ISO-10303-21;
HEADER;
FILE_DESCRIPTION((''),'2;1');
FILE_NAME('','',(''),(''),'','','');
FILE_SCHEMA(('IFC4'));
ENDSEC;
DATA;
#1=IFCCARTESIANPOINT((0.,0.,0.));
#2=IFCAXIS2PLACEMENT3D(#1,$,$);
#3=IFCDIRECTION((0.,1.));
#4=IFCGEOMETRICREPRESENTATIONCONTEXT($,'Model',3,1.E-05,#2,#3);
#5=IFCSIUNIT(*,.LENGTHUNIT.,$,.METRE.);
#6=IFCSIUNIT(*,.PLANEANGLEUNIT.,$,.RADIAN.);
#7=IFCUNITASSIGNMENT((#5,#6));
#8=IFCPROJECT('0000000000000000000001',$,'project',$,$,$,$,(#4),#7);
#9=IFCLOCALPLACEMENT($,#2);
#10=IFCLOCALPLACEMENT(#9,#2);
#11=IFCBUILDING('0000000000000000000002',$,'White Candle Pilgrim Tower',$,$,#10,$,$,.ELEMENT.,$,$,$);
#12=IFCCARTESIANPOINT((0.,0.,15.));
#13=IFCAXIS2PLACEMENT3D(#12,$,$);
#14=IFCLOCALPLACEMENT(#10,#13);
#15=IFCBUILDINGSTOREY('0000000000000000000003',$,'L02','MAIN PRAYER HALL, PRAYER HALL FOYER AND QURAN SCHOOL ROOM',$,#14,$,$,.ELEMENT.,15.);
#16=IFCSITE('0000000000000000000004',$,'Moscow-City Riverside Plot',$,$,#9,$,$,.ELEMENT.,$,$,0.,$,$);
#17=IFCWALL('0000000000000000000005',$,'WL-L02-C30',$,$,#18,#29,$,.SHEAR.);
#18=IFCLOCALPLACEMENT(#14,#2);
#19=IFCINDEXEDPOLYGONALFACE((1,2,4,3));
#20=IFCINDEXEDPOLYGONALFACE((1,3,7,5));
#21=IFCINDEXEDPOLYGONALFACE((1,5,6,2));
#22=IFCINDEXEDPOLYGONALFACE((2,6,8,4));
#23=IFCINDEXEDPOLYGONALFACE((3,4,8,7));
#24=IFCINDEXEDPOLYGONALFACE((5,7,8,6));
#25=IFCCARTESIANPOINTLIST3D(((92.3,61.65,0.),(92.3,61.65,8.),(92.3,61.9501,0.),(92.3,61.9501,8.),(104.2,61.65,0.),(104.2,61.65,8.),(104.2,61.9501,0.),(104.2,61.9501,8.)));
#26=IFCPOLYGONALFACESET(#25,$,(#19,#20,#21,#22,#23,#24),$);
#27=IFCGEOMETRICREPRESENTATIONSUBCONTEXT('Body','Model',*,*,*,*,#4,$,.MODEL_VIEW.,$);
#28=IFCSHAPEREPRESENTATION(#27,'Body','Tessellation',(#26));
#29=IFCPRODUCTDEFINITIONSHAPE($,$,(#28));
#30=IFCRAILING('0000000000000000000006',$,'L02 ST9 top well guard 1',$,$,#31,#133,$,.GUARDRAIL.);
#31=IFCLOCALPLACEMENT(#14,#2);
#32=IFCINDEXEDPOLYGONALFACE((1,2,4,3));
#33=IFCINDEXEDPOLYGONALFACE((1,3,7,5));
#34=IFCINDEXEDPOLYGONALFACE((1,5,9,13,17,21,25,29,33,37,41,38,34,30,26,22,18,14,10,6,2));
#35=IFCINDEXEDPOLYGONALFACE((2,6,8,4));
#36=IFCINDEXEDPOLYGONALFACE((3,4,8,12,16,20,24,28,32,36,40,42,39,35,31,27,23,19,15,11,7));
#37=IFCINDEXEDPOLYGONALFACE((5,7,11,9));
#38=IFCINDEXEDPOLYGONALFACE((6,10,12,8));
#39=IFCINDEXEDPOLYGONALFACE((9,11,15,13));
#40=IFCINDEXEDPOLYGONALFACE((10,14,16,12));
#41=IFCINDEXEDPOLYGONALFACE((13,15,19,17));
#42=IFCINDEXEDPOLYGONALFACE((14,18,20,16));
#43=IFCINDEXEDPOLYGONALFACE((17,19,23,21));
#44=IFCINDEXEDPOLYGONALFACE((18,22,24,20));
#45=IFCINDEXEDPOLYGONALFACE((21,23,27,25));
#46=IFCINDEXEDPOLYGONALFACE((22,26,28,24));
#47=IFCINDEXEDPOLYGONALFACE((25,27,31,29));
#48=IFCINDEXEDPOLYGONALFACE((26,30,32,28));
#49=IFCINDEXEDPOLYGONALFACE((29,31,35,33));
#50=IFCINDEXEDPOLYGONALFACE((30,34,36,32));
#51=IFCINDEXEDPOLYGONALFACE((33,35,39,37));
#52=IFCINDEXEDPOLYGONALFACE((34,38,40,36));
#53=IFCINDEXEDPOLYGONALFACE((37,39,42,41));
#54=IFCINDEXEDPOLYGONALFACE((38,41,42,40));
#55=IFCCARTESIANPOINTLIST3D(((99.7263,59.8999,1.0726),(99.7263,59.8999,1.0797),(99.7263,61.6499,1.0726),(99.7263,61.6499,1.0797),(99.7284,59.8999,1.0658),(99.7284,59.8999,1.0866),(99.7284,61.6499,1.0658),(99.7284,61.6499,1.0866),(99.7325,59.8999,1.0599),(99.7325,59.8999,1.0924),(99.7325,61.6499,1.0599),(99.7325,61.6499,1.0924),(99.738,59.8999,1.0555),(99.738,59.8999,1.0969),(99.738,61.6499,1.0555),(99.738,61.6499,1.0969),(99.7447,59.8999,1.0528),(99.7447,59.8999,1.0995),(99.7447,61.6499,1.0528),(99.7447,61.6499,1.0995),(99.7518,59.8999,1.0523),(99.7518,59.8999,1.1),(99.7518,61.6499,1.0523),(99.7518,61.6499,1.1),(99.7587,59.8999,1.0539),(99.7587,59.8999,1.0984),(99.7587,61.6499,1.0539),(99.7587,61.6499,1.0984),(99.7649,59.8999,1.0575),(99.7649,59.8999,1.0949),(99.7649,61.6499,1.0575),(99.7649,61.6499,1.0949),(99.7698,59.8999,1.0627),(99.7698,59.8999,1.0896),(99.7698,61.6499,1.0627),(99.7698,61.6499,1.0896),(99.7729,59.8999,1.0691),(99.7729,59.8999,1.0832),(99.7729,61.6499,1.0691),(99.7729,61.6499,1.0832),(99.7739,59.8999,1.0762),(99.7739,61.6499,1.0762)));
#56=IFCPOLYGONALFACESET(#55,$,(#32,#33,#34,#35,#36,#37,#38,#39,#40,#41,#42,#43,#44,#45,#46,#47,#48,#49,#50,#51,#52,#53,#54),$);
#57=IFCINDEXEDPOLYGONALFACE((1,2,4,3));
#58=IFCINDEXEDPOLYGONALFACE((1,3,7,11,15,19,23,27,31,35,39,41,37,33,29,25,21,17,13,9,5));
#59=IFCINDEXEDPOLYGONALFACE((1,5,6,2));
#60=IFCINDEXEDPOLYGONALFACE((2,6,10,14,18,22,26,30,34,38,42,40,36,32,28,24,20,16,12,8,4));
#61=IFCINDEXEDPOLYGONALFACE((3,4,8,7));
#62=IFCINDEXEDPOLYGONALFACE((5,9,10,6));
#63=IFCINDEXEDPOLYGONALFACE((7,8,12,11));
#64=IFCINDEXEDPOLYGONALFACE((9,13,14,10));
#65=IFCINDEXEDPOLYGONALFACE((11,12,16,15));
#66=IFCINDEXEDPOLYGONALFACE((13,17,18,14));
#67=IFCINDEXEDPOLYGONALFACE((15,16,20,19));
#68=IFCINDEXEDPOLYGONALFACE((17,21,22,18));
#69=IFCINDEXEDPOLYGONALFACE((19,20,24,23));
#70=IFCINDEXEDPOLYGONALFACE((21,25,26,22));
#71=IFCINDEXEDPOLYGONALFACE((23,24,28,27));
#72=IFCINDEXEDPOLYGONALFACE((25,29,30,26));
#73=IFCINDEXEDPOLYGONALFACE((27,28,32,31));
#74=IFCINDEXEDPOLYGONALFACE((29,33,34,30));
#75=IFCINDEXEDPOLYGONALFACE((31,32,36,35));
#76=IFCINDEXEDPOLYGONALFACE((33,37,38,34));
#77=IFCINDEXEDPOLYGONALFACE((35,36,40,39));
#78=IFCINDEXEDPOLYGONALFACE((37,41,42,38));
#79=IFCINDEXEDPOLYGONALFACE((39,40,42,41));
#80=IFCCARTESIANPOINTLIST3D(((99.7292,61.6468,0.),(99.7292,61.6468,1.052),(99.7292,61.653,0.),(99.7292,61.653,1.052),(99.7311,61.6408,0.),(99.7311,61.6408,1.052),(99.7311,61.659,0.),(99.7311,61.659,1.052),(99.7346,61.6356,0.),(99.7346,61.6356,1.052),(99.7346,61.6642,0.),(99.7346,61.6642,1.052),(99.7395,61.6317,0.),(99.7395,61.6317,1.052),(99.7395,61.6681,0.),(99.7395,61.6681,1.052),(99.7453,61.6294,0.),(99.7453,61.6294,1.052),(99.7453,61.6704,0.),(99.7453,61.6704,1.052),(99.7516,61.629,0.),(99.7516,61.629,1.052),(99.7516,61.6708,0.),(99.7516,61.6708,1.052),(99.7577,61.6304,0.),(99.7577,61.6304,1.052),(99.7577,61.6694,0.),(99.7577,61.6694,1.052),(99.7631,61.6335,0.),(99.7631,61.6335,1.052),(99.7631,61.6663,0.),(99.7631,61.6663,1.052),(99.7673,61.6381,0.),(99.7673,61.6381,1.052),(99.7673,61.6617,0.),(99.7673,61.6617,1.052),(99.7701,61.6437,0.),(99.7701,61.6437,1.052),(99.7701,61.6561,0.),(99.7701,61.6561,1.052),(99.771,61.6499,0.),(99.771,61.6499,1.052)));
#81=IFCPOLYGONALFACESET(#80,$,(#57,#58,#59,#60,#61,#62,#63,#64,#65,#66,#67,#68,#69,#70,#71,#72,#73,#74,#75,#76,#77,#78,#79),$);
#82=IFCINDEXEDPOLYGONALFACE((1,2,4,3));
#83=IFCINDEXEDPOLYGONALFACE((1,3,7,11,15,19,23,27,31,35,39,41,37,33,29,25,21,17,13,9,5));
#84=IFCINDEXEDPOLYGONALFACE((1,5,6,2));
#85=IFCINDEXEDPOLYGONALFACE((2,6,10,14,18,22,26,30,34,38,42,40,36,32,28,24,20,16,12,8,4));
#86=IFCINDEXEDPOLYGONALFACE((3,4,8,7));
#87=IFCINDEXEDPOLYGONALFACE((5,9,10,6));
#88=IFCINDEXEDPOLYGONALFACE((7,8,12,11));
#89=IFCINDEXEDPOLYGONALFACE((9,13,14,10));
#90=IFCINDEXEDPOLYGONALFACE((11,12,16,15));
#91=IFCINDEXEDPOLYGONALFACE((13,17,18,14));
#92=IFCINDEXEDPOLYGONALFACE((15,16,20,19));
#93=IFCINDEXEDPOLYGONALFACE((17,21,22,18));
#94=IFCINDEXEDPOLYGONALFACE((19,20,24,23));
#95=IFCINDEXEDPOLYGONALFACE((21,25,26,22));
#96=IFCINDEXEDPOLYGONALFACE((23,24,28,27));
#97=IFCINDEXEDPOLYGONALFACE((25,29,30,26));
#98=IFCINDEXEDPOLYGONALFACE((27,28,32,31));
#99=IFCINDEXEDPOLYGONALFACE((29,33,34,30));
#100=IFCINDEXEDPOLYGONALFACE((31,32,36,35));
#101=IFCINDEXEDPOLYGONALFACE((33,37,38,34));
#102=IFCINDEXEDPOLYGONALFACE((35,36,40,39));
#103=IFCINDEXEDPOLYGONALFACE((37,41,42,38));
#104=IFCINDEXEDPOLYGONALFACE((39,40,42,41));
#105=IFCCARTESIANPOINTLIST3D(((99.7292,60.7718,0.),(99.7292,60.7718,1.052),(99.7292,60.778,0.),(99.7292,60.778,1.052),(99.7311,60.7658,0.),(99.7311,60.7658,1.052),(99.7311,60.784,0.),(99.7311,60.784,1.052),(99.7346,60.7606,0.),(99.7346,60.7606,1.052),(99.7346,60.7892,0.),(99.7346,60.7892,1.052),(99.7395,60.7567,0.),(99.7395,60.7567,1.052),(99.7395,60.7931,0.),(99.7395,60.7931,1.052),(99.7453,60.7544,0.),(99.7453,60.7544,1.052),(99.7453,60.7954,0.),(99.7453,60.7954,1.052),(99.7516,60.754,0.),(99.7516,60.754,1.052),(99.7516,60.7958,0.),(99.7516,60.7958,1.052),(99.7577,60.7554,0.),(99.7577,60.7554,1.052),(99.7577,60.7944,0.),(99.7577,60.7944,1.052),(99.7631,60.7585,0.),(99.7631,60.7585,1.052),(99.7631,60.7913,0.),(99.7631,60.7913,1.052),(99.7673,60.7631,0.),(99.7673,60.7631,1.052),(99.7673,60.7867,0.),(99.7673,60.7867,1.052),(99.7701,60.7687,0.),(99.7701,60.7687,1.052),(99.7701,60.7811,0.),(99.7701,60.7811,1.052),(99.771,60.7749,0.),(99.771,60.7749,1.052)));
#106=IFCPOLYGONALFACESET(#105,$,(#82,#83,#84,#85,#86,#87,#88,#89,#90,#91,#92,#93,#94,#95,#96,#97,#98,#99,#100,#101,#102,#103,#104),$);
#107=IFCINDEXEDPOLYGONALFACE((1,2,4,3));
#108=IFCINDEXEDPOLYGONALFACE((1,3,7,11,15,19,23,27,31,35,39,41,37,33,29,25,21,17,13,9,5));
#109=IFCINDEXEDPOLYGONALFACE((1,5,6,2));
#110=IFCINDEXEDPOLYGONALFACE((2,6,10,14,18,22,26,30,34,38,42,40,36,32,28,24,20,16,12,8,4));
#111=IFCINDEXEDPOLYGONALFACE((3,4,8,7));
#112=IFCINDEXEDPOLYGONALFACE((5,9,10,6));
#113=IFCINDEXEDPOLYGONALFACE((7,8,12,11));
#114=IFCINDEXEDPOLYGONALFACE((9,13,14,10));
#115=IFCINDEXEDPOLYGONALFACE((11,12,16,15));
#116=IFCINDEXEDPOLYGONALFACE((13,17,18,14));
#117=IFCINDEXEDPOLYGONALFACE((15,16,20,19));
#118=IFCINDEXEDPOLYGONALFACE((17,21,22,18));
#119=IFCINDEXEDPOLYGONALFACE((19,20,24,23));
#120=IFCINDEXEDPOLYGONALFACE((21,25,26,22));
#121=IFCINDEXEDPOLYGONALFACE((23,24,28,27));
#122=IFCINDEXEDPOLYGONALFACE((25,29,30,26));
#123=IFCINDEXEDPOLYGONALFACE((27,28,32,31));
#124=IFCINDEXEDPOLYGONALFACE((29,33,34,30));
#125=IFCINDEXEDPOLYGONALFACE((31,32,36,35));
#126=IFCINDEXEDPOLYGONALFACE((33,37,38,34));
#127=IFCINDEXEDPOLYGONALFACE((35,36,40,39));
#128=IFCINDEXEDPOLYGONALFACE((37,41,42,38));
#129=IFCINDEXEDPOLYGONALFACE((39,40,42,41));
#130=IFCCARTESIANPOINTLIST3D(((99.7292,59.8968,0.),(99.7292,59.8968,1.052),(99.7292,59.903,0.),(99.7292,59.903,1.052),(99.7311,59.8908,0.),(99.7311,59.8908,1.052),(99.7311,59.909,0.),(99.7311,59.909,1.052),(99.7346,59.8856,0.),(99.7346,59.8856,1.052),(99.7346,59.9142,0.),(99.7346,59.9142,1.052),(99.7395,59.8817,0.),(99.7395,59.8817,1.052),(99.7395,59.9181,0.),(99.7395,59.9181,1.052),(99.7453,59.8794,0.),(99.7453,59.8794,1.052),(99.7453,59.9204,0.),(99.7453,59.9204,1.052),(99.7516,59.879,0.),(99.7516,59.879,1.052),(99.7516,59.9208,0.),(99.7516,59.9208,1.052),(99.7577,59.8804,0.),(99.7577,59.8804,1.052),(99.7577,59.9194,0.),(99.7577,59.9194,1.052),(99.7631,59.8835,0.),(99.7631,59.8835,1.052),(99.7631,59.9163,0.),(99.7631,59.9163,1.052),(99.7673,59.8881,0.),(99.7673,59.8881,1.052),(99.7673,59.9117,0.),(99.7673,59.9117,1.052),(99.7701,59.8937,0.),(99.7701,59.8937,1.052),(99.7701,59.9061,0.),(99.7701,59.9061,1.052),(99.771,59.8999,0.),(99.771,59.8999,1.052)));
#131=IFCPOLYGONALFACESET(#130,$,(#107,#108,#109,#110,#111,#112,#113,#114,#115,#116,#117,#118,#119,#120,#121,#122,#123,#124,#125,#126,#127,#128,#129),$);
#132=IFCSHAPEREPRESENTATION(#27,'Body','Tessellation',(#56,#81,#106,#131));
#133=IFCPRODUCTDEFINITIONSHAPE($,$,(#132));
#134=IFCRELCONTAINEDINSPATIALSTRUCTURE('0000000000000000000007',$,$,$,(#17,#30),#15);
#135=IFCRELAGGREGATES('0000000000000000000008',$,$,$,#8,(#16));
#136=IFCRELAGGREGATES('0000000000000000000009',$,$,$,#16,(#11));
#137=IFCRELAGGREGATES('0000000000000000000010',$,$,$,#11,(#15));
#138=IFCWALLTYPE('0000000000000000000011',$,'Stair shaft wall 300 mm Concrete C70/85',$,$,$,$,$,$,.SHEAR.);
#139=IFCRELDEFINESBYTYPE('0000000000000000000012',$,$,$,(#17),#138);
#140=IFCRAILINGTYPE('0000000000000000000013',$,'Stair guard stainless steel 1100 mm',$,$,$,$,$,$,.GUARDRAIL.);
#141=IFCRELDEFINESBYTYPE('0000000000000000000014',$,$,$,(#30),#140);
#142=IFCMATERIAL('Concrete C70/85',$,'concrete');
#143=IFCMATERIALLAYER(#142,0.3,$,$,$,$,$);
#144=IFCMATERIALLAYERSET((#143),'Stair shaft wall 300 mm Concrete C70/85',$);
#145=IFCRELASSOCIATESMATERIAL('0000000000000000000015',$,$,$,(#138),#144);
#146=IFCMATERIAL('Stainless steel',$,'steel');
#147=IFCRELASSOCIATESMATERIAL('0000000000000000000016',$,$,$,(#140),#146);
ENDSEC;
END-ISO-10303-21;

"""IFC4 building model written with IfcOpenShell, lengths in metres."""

from ifc_helpers import new_model, si_unit, direction, frame, frame_2d, origin, origin_2d, place, context, subcontext, project, spatial, rectangle, circle, extrude, material, layer, layer_set, type_object, element, save


model = new_model("IFC4")

# Units and contexts
model_context = context("Model", 3, precision=1e-05, world=origin(), true_north=direction((0.0, 1.0)))
body_context = subcontext(model_context, "Body", "Model", "MODEL_VIEW")
ifc_project = project(units=[si_unit("LENGTHUNIT", "METRE"), si_unit("PLANEANGLEUNIT", "RADIAN")], contexts=[model_context])

# Site, building, storey
site_placement = place(None, origin())
site = spatial("IfcSite", under=ifc_project, at=site_placement, Name="Moscow-City Riverside Plot", CompositionType="ELEMENT", RefElevation=0.0)
building_placement = place(site_placement, origin())
building = spatial("IfcBuilding", under=site, at=building_placement, Name="White Candle Pilgrim Tower", CompositionType="ELEMENT")
storey_placement = place(building_placement, frame((0.0, 0.0, 15.0)))
storey = spatial("IfcBuildingStorey", under=building, at=storey_placement, Name="L02", Description="MAIN PRAYER HALL, PRAYER HALL FOYER AND QURAN SCHOOL ROOM", CompositionType="ELEMENT", Elevation=15.0)

# Shared definitions
ifc_material_1 = material(Name="Concrete C70/85", Category="concrete")
ifc_layer_1 = layer(ifc_material_1, 0.3)
ifc_layer_set_1 = layer_set([ifc_layer_1], Name="Stair shaft wall 300 mm Concrete C70/85")
wall_type_1 = type_object("IfcWallType", Name="Stair shaft wall 300 mm Concrete C70/85", PredefinedType="SHEAR", material=ifc_layer_set_1)

# Wall
wall_1_placement = place(storey_placement, frame((92.3, 61.8, 0.0), z_axis=(0.0, 0.0, 1.0), x_axis=(1.0, 0.0, 0.0)))
element("IfcWall", 1, at=wall_1_placement, inside=storey, type_object=wall_type_1, Name="WL-L02-C30", PredefinedType="SHEAR", context=body_context, shape_type="SweptSolid", body=[
    extrude(rectangle(XDim=11.8999, YDim=0.3, at=frame_2d((5.95, 0.0))), origin(), (0.0, 0.0, 1.0), 8.0),
])

# Railing
ifc_material_2 = material(Name="Stainless steel", Category="steel")
railing_type = type_object("IfcRailingType", Name="Stair guard stainless steel 1100 mm", PredefinedType="GUARDRAIL", material=ifc_material_2)
railing_placement = place(storey_placement, frame((99.75, 61.6499, 0.0)))
element("IfcRailing", 2, at=railing_placement, inside=storey, type_object=railing_type, Name="L02 ST9 top well guard 1", PredefinedType="GUARDRAIL", context=body_context, shape_type="SweptSolid", body=[
    extrude(circle(Radius=0.0239, at=origin_2d()), frame((0.0, 0.0, 1.0762), z_axis=(0.0, -1.0, 0.0), x_axis=(1.0, 0.0, 0.0)), (0.0, 0.0, 1.0), 1.75),
    extrude(circle(Radius=0.021, at=origin_2d()), origin(), (0.0, 0.0, 1.0), 1.052),
    extrude(circle(Radius=0.021, at=origin_2d()), frame((0.0, -0.875, 0.0)), (0.0, 0.0, 1.0), 1.052),
    extrude(circle(Radius=0.021, at=origin_2d()), frame((0.0, -1.75, 0.0)), (0.0, 0.0, 1.0), 1.052),
])

save(model, "model.ifc")
